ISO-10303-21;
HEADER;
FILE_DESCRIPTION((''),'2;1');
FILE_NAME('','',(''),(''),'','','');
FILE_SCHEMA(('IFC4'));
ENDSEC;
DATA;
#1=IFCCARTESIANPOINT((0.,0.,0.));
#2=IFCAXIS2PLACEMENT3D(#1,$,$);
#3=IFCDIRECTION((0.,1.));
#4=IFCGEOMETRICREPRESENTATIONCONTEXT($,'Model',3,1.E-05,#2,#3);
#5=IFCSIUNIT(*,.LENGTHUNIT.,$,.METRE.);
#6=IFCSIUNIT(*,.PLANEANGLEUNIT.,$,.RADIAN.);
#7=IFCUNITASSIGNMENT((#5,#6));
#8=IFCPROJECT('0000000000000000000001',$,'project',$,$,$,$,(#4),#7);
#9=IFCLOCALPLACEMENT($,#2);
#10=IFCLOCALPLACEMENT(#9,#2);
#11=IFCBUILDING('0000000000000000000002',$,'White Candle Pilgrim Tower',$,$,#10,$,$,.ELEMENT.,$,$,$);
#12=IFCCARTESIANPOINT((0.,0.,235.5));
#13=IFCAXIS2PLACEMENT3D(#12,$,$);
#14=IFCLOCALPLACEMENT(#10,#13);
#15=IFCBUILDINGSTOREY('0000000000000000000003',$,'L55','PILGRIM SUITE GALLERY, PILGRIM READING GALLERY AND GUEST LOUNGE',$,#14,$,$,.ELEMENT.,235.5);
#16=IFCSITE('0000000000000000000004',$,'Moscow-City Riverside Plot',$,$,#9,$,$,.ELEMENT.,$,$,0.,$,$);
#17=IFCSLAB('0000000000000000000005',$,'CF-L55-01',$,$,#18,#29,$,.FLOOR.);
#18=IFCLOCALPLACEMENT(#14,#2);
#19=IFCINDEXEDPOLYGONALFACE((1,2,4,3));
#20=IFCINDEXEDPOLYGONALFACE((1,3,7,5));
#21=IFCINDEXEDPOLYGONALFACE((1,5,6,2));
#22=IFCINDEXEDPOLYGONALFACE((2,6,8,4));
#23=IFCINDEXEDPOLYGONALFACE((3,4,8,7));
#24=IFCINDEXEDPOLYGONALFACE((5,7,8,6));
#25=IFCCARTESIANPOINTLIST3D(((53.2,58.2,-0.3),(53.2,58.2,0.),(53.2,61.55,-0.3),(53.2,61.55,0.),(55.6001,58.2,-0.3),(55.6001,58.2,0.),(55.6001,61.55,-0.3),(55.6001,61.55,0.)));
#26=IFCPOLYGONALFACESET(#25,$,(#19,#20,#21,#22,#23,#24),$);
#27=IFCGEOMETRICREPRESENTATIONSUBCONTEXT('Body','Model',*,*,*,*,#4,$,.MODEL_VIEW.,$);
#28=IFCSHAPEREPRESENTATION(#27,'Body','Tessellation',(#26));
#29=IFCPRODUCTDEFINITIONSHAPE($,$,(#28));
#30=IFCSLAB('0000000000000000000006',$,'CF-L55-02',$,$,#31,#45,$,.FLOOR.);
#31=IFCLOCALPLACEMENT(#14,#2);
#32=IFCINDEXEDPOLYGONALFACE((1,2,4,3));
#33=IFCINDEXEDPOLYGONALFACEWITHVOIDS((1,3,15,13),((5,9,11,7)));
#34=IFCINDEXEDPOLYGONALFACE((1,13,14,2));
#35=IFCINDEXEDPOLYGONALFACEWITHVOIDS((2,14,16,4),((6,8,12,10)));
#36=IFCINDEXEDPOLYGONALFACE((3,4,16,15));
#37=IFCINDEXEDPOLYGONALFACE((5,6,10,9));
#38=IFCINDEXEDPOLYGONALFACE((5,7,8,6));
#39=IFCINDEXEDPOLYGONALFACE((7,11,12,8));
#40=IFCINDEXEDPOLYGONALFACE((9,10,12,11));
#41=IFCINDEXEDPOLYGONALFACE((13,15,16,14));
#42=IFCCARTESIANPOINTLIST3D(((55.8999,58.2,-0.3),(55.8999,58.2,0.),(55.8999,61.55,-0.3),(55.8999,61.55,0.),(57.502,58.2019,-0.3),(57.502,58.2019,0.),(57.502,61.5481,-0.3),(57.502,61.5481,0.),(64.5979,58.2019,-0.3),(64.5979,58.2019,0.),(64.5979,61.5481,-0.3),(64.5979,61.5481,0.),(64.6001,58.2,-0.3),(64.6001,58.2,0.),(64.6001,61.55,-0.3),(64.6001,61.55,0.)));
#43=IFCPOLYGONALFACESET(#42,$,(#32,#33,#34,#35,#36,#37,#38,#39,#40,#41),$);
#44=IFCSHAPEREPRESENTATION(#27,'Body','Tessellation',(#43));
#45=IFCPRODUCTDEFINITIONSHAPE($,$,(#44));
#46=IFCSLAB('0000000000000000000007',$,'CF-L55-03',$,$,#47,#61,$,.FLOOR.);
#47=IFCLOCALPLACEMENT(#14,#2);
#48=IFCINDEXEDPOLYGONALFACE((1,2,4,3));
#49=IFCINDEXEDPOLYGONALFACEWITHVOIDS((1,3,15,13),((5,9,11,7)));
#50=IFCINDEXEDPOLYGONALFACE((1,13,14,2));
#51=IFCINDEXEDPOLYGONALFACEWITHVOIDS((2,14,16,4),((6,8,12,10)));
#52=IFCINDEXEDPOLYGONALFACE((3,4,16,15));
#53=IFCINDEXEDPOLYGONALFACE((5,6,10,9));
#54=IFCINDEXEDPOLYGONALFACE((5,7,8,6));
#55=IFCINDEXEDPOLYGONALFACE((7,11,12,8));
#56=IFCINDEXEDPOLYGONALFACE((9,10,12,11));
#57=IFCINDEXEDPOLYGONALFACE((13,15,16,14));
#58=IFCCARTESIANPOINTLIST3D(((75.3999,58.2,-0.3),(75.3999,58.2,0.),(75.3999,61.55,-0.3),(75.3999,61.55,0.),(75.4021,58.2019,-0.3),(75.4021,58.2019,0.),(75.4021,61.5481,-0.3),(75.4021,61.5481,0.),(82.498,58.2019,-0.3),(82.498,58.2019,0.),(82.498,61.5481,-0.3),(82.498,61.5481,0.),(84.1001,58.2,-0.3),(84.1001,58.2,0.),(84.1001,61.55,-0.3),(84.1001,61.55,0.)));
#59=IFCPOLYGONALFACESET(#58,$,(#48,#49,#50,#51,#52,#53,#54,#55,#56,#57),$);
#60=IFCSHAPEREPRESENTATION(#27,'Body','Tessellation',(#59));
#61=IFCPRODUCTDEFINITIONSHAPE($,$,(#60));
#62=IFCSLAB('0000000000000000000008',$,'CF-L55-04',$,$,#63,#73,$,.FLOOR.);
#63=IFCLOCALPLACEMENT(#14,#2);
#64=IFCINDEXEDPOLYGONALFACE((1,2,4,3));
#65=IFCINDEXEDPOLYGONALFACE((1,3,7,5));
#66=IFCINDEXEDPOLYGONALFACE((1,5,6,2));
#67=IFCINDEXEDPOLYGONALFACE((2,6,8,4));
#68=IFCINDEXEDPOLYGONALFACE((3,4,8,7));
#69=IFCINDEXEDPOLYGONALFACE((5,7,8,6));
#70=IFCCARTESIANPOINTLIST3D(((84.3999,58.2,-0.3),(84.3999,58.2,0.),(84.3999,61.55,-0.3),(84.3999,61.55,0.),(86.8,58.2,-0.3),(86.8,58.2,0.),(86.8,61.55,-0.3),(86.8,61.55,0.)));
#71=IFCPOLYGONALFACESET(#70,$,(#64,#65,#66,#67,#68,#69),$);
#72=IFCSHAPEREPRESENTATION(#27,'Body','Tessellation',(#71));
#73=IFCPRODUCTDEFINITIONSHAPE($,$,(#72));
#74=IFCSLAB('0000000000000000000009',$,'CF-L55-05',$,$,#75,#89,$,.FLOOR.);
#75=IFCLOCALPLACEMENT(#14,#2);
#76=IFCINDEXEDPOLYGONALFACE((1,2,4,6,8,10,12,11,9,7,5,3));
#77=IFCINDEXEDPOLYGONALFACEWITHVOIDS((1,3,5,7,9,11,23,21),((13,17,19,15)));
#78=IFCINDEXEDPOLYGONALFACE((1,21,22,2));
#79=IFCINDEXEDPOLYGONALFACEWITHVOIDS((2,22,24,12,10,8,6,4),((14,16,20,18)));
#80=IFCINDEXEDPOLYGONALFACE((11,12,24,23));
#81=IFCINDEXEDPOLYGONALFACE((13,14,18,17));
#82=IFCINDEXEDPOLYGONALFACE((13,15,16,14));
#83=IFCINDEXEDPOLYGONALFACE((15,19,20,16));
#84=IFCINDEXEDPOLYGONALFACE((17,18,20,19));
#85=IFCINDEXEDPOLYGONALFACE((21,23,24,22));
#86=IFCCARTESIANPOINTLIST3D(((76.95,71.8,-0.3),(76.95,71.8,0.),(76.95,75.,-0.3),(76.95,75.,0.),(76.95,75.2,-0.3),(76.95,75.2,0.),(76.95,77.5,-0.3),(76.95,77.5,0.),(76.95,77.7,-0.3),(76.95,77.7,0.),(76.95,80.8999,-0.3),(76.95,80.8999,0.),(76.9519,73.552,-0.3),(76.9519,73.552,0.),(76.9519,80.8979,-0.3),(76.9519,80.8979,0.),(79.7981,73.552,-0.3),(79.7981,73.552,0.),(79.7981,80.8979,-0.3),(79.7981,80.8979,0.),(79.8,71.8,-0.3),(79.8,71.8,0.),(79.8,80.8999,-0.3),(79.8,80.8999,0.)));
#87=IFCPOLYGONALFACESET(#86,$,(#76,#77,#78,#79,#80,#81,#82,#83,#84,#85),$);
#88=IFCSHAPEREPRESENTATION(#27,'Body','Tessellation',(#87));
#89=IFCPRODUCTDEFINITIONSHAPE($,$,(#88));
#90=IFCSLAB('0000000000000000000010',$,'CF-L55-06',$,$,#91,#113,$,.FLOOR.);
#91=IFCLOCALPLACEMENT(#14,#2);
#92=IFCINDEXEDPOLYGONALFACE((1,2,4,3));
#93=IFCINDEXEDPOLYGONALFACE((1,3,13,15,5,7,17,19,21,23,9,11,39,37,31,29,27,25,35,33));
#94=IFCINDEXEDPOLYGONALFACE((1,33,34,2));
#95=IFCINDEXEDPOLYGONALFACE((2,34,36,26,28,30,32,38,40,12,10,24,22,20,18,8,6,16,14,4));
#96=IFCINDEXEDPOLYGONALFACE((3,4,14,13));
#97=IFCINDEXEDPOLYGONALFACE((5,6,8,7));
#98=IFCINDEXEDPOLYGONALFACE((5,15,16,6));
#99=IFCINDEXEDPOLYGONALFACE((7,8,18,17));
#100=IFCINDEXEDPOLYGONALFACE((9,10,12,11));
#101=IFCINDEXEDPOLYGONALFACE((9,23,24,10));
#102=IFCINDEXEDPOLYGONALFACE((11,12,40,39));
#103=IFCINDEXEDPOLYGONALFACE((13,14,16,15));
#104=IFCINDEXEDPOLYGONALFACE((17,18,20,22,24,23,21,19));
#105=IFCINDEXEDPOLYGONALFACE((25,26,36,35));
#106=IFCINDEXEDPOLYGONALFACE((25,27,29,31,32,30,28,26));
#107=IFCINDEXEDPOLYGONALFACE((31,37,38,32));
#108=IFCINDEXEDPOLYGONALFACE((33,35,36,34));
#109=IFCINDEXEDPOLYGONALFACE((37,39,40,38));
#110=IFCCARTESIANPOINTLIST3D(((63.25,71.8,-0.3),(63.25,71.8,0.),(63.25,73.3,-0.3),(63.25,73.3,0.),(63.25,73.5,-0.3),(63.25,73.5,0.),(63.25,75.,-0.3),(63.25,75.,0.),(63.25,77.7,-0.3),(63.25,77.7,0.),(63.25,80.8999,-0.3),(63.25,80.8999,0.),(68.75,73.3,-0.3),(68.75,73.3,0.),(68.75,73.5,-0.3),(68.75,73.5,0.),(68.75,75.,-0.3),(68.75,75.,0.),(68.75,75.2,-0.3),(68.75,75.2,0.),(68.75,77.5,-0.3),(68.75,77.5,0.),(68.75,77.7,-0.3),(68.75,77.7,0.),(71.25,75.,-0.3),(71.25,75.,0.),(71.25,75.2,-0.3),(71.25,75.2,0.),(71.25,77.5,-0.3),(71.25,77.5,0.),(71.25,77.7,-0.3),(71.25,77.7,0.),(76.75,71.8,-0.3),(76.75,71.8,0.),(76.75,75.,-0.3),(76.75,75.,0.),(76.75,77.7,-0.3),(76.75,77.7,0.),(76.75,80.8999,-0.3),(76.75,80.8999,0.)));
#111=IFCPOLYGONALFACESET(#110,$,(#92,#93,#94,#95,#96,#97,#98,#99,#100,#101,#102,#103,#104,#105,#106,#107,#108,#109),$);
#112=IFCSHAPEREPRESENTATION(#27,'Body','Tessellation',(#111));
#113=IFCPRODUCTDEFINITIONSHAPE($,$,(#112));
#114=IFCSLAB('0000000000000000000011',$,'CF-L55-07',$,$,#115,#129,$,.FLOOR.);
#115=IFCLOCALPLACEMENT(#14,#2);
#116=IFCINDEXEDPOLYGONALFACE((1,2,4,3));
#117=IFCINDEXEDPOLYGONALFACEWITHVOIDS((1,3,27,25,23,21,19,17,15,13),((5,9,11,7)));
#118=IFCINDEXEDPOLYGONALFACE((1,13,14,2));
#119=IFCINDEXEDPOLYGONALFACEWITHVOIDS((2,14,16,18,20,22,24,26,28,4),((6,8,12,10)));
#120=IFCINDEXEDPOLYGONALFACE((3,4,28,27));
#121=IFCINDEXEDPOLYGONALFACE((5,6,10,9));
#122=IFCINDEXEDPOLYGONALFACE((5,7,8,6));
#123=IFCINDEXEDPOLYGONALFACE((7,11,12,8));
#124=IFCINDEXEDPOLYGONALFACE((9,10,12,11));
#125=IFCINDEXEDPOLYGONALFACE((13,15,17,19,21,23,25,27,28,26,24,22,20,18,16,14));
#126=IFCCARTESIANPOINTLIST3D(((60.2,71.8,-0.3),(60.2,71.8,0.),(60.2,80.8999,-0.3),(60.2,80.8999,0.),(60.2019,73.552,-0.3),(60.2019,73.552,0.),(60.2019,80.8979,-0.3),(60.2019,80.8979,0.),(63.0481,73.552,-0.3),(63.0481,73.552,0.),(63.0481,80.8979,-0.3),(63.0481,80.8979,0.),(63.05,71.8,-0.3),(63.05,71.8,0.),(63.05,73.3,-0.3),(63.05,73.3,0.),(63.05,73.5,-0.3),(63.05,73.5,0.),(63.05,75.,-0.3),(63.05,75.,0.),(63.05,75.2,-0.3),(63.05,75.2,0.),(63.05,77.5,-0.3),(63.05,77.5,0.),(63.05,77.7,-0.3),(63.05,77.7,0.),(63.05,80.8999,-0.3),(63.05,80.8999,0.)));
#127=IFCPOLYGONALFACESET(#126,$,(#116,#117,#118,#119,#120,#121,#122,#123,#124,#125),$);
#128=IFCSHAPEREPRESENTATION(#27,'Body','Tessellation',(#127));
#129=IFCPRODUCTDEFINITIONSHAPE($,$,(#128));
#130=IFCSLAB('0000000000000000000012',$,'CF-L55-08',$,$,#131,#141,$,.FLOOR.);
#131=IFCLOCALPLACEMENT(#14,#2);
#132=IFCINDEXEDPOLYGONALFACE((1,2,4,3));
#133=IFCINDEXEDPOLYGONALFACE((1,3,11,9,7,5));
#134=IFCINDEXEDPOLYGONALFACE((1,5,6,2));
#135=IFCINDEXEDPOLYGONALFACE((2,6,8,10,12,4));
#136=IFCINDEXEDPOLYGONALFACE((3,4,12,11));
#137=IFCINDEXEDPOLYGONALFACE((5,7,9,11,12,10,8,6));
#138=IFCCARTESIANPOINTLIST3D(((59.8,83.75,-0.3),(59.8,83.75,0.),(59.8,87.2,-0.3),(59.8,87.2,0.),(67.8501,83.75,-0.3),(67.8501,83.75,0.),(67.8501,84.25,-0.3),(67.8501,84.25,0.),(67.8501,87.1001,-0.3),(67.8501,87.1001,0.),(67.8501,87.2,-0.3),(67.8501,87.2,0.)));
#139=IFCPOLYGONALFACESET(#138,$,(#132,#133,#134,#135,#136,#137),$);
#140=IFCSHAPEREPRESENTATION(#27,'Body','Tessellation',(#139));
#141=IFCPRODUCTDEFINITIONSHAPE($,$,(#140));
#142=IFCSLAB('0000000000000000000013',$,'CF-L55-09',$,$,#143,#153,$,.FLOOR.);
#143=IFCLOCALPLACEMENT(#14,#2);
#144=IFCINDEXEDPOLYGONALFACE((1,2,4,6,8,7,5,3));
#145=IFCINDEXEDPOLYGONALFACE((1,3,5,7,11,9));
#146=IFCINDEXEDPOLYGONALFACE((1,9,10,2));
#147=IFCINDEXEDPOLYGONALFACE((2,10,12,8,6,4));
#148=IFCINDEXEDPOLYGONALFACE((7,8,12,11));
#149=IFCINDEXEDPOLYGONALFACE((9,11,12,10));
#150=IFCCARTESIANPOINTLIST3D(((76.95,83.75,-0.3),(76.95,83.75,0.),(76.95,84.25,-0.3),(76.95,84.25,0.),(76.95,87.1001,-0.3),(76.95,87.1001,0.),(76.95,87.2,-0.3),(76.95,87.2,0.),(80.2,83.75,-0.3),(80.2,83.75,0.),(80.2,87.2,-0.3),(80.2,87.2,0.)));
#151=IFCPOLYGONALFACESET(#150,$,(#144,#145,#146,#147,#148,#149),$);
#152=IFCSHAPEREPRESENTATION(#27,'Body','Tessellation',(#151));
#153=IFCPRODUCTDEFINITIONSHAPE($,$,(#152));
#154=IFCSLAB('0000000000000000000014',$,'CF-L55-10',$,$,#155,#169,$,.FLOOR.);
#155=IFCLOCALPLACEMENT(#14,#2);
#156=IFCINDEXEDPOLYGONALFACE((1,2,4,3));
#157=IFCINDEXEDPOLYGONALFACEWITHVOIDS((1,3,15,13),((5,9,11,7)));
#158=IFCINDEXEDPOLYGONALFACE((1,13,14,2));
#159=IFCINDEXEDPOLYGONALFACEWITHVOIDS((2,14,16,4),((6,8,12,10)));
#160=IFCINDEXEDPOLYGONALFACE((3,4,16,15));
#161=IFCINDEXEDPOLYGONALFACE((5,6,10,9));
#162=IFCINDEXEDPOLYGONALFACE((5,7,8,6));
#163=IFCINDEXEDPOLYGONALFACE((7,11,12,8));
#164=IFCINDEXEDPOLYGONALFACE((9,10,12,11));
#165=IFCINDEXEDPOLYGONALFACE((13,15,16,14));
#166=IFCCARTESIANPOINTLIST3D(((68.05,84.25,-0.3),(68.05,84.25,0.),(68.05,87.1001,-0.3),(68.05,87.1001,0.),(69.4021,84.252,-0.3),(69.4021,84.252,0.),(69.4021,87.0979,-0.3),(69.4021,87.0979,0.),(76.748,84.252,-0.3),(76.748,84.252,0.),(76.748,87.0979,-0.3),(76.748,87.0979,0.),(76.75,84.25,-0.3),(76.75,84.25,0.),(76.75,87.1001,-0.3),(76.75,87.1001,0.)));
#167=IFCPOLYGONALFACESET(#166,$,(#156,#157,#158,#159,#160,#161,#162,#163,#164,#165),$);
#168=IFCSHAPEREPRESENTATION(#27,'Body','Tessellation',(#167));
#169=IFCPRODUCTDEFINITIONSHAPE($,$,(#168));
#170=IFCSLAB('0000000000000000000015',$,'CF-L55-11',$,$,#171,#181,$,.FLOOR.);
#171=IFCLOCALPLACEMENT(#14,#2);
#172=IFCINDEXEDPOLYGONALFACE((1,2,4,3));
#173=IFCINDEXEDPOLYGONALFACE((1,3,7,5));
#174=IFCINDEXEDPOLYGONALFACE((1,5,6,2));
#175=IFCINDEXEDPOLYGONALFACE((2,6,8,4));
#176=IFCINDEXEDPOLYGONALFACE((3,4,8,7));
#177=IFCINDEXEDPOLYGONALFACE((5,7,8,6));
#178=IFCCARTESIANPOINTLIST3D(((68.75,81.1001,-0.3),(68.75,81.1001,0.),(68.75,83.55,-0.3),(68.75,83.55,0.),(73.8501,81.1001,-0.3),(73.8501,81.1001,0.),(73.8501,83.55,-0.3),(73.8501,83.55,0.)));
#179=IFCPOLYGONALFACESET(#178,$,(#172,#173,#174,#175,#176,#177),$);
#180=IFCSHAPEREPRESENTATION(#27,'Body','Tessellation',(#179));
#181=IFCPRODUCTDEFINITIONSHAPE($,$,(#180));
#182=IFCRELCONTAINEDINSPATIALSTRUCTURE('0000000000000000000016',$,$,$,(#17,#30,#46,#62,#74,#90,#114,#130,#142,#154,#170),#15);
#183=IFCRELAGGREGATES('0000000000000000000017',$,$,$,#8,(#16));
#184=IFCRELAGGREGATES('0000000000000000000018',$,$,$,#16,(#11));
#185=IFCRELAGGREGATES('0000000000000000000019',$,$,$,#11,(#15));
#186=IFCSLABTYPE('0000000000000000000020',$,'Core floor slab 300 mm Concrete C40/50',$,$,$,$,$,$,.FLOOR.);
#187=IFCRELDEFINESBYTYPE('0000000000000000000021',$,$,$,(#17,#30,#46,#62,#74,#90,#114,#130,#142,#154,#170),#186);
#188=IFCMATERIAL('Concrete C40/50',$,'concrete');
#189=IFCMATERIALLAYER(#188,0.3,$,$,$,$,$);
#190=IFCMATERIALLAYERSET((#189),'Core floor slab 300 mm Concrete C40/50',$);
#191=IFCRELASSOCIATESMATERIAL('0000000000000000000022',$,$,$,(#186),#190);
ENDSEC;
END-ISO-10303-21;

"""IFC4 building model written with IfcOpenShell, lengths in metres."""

from ifc_helpers import new_model, si_unit, direction, frame, origin, place, context, subcontext, project, spatial, polyline, outline, extrude, material, layer, layer_set, type_object, element, save


model = new_model("IFC4")

# Units and contexts
model_context = context("Model", 3, precision=1e-05, world=origin(), true_north=direction((0.0, 1.0)))
body_context = subcontext(model_context, "Body", "Model", "MODEL_VIEW")
ifc_project = project(units=[si_unit("LENGTHUNIT", "METRE"), si_unit("PLANEANGLEUNIT", "RADIAN")], contexts=[model_context])

# Site, building, storey
site_placement = place(None, origin())
site = spatial("IfcSite", under=ifc_project, at=site_placement, Name="Moscow-City Riverside Plot", CompositionType="ELEMENT", RefElevation=0.0)
building_placement = place(site_placement, origin())
building = spatial("IfcBuilding", under=site, at=building_placement, Name="White Candle Pilgrim Tower", CompositionType="ELEMENT")
storey_placement = place(building_placement, frame((0.0, 0.0, 235.5)))
storey = spatial("IfcBuildingStorey", under=building, at=storey_placement, Name="L55", Description="PILGRIM SUITE GALLERY, PILGRIM READING GALLERY AND GUEST LOUNGE", CompositionType="ELEMENT", Elevation=235.5)

# Slabs
ifc_material = material(Name="Concrete C40/50", Category="concrete")
ifc_layer_1 = layer(ifc_material, 0.3)
ifc_layer_set_1 = layer_set([ifc_layer_1], Name="Core floor slab 300 mm Concrete C40/50")
slab_type_1 = type_object("IfcSlabType", Name="Core floor slab 300 mm Concrete C40/50", PredefinedType="FLOOR", material=ifc_layer_set_1)
slab_1_placement = place(storey_placement, frame((0.0, 0.0, -0.3)))
element("IfcSlab", 1, at=slab_1_placement, inside=storey, type_object=slab_type_1, Name="CF-L55-01", PredefinedType="FLOOR", context=body_context, shape_type="SweptSolid", body=[
    extrude(outline(polyline([(55.6001, 58.2), (53.2, 58.2), (53.2, 61.55), (55.6001, 61.55), (55.6001, 58.2)])), origin(), (0.0, 0.0, 1.0), 0.3),
])
slab_2_placement = place(storey_placement, frame((0.0, 0.0, -0.3)))
element("IfcSlab", 2, at=slab_2_placement, inside=storey, type_object=slab_type_1, Name="CF-L55-02", PredefinedType="FLOOR", context=body_context, shape_type="SweptSolid", body=[
    extrude(outline(polyline([(55.8999, 58.2), (55.8999, 61.55), (64.6001, 61.55), (64.6001, 58.2), (55.8999, 58.2)]), holes=[polyline([(57.502, 61.5481), (57.502, 58.2019), (64.5979, 58.2019), (64.5979, 61.5481), (57.502, 61.5481)])]), origin(), (0.0, 0.0, 1.0), 0.3),
])
slab_3_placement = place(storey_placement, frame((0.0, 0.0, -0.3)))
element("IfcSlab", 3, at=slab_3_placement, inside=storey, type_object=slab_type_1, Name="CF-L55-03", PredefinedType="FLOOR", context=body_context, shape_type="SweptSolid", body=[
    extrude(outline(polyline([(75.3999, 58.2), (75.3999, 61.55), (84.1001, 61.55), (84.1001, 58.2), (75.3999, 58.2)]), holes=[polyline([(82.498, 58.2019), (82.498, 61.5481), (75.4021, 61.5481), (75.4021, 58.2019), (82.498, 58.2019)])]), origin(), (0.0, 0.0, 1.0), 0.3),
])
slab_4_placement = place(storey_placement, frame((0.0, 0.0, -0.3)))
element("IfcSlab", 4, at=slab_4_placement, inside=storey, type_object=slab_type_1, Name="CF-L55-04", PredefinedType="FLOOR", context=body_context, shape_type="SweptSolid", body=[
    extrude(outline(polyline([(86.8, 58.2), (84.3999, 58.2), (84.3999, 61.55), (86.8, 61.55), (86.8, 58.2)])), origin(), (0.0, 0.0, 1.0), 0.3),
])
slab_5_placement = place(storey_placement, frame((0.0, 0.0, -0.3)))
element("IfcSlab", 5, at=slab_5_placement, inside=storey, type_object=slab_type_1, Name="CF-L55-05", PredefinedType="FLOOR", context=body_context, shape_type="SweptSolid", body=[
    extrude(outline(polyline([(76.95, 71.8), (76.95, 75.0), (76.95, 75.2), (76.95, 77.5), (76.95, 77.7), (76.95, 80.8999), (79.8, 80.8999), (79.8, 71.8), (76.95, 71.8)]), holes=[polyline([(76.9519, 73.552), (79.7981, 73.552), (79.7981, 80.8979), (76.9519, 80.8979), (76.9519, 73.552)])]), origin(), (0.0, 0.0, 1.0), 0.3),
])
slab_6_placement = place(storey_placement, frame((0.0, 0.0, -0.3)))
element("IfcSlab", 6, at=slab_6_placement, inside=storey, type_object=slab_type_1, Name="CF-L55-06", PredefinedType="FLOOR", context=body_context, shape_type="SweptSolid", body=[
    extrude(outline(polyline([(63.25, 71.8), (63.25, 73.3), (68.75, 73.3), (68.75, 73.5), (63.25, 73.5), (63.25, 75.0), (68.75, 75.0), (68.75, 75.2), (68.75, 77.5), (68.75, 77.7), (63.25, 77.7), (63.25, 80.8999), (76.75, 80.8999), (76.75, 77.7), (71.25, 77.7), (71.25, 77.5), (71.25, 75.2), (71.25, 75.0), (76.75, 75.0), (76.75, 71.8), (63.25, 71.8)])), origin(), (0.0, 0.0, 1.0), 0.3),
])
slab_7_placement = place(storey_placement, frame((0.0, 0.0, -0.3)))
element("IfcSlab", 7, at=slab_7_placement, inside=storey, type_object=slab_type_1, Name="CF-L55-07", PredefinedType="FLOOR", context=body_context, shape_type="SweptSolid", body=[
    extrude(outline(polyline([(60.2, 71.8), (60.2, 80.8999), (63.05, 80.8999), (63.05, 77.7), (63.05, 77.5), (63.05, 75.2), (63.05, 75.0), (63.05, 73.5), (63.05, 73.3), (63.05, 71.8), (60.2, 71.8)]), holes=[polyline([(60.2019, 73.552), (63.0481, 73.552), (63.0481, 80.8979), (60.2019, 80.8979), (60.2019, 73.552)])]), origin(), (0.0, 0.0, 1.0), 0.3),
])
slab_8_placement = place(storey_placement, frame((0.0, 0.0, -0.3)))
element("IfcSlab", 8, at=slab_8_placement, inside=storey, type_object=slab_type_1, Name="CF-L55-08", PredefinedType="FLOOR", context=body_context, shape_type="SweptSolid", body=[
    extrude(outline(polyline([(59.8, 87.2), (67.8501, 87.2), (67.8501, 87.1001), (67.8501, 84.25), (67.8501, 83.75), (59.8, 83.75), (59.8, 87.2)])), origin(), (0.0, 0.0, 1.0), 0.3),
])
slab_9_placement = place(storey_placement, frame((0.0, 0.0, -0.3)))
element("IfcSlab", 9, at=slab_9_placement, inside=storey, type_object=slab_type_1, Name="CF-L55-09", PredefinedType="FLOOR", context=body_context, shape_type="SweptSolid", body=[
    extrude(outline(polyline([(80.2, 87.2), (80.2, 83.75), (76.95, 83.75), (76.95, 84.25), (76.95, 87.1001), (76.95, 87.2), (80.2, 87.2)])), origin(), (0.0, 0.0, 1.0), 0.3),
])
slab_10_placement = place(storey_placement, frame((0.0, 0.0, -0.3)))
element("IfcSlab", 10, at=slab_10_placement, inside=storey, type_object=slab_type_1, Name="CF-L55-10", PredefinedType="FLOOR", context=body_context, shape_type="SweptSolid", body=[
    extrude(outline(polyline([(68.05, 87.1001), (76.75, 87.1001), (76.75, 84.25), (68.05, 84.25), (68.05, 87.1001)]), holes=[polyline([(69.4021, 87.0979), (69.4021, 84.252), (76.748, 84.252), (76.748, 87.0979), (69.4021, 87.0979)])]), origin(), (0.0, 0.0, 1.0), 0.3),
])
slab_11_placement = place(storey_placement, frame((0.0, 0.0, -0.3)))
element("IfcSlab", 11, at=slab_11_placement, inside=storey, type_object=slab_type_1, Name="CF-L55-11", PredefinedType="FLOOR", context=body_context, shape_type="SweptSolid", body=[
    extrude(outline(polyline([(73.8501, 83.55), (73.8501, 81.1001), (68.75, 81.1001), (68.75, 83.55), (73.8501, 83.55)])), origin(), (0.0, 0.0, 1.0), 0.3),
])

save(model, "model.ifc")
